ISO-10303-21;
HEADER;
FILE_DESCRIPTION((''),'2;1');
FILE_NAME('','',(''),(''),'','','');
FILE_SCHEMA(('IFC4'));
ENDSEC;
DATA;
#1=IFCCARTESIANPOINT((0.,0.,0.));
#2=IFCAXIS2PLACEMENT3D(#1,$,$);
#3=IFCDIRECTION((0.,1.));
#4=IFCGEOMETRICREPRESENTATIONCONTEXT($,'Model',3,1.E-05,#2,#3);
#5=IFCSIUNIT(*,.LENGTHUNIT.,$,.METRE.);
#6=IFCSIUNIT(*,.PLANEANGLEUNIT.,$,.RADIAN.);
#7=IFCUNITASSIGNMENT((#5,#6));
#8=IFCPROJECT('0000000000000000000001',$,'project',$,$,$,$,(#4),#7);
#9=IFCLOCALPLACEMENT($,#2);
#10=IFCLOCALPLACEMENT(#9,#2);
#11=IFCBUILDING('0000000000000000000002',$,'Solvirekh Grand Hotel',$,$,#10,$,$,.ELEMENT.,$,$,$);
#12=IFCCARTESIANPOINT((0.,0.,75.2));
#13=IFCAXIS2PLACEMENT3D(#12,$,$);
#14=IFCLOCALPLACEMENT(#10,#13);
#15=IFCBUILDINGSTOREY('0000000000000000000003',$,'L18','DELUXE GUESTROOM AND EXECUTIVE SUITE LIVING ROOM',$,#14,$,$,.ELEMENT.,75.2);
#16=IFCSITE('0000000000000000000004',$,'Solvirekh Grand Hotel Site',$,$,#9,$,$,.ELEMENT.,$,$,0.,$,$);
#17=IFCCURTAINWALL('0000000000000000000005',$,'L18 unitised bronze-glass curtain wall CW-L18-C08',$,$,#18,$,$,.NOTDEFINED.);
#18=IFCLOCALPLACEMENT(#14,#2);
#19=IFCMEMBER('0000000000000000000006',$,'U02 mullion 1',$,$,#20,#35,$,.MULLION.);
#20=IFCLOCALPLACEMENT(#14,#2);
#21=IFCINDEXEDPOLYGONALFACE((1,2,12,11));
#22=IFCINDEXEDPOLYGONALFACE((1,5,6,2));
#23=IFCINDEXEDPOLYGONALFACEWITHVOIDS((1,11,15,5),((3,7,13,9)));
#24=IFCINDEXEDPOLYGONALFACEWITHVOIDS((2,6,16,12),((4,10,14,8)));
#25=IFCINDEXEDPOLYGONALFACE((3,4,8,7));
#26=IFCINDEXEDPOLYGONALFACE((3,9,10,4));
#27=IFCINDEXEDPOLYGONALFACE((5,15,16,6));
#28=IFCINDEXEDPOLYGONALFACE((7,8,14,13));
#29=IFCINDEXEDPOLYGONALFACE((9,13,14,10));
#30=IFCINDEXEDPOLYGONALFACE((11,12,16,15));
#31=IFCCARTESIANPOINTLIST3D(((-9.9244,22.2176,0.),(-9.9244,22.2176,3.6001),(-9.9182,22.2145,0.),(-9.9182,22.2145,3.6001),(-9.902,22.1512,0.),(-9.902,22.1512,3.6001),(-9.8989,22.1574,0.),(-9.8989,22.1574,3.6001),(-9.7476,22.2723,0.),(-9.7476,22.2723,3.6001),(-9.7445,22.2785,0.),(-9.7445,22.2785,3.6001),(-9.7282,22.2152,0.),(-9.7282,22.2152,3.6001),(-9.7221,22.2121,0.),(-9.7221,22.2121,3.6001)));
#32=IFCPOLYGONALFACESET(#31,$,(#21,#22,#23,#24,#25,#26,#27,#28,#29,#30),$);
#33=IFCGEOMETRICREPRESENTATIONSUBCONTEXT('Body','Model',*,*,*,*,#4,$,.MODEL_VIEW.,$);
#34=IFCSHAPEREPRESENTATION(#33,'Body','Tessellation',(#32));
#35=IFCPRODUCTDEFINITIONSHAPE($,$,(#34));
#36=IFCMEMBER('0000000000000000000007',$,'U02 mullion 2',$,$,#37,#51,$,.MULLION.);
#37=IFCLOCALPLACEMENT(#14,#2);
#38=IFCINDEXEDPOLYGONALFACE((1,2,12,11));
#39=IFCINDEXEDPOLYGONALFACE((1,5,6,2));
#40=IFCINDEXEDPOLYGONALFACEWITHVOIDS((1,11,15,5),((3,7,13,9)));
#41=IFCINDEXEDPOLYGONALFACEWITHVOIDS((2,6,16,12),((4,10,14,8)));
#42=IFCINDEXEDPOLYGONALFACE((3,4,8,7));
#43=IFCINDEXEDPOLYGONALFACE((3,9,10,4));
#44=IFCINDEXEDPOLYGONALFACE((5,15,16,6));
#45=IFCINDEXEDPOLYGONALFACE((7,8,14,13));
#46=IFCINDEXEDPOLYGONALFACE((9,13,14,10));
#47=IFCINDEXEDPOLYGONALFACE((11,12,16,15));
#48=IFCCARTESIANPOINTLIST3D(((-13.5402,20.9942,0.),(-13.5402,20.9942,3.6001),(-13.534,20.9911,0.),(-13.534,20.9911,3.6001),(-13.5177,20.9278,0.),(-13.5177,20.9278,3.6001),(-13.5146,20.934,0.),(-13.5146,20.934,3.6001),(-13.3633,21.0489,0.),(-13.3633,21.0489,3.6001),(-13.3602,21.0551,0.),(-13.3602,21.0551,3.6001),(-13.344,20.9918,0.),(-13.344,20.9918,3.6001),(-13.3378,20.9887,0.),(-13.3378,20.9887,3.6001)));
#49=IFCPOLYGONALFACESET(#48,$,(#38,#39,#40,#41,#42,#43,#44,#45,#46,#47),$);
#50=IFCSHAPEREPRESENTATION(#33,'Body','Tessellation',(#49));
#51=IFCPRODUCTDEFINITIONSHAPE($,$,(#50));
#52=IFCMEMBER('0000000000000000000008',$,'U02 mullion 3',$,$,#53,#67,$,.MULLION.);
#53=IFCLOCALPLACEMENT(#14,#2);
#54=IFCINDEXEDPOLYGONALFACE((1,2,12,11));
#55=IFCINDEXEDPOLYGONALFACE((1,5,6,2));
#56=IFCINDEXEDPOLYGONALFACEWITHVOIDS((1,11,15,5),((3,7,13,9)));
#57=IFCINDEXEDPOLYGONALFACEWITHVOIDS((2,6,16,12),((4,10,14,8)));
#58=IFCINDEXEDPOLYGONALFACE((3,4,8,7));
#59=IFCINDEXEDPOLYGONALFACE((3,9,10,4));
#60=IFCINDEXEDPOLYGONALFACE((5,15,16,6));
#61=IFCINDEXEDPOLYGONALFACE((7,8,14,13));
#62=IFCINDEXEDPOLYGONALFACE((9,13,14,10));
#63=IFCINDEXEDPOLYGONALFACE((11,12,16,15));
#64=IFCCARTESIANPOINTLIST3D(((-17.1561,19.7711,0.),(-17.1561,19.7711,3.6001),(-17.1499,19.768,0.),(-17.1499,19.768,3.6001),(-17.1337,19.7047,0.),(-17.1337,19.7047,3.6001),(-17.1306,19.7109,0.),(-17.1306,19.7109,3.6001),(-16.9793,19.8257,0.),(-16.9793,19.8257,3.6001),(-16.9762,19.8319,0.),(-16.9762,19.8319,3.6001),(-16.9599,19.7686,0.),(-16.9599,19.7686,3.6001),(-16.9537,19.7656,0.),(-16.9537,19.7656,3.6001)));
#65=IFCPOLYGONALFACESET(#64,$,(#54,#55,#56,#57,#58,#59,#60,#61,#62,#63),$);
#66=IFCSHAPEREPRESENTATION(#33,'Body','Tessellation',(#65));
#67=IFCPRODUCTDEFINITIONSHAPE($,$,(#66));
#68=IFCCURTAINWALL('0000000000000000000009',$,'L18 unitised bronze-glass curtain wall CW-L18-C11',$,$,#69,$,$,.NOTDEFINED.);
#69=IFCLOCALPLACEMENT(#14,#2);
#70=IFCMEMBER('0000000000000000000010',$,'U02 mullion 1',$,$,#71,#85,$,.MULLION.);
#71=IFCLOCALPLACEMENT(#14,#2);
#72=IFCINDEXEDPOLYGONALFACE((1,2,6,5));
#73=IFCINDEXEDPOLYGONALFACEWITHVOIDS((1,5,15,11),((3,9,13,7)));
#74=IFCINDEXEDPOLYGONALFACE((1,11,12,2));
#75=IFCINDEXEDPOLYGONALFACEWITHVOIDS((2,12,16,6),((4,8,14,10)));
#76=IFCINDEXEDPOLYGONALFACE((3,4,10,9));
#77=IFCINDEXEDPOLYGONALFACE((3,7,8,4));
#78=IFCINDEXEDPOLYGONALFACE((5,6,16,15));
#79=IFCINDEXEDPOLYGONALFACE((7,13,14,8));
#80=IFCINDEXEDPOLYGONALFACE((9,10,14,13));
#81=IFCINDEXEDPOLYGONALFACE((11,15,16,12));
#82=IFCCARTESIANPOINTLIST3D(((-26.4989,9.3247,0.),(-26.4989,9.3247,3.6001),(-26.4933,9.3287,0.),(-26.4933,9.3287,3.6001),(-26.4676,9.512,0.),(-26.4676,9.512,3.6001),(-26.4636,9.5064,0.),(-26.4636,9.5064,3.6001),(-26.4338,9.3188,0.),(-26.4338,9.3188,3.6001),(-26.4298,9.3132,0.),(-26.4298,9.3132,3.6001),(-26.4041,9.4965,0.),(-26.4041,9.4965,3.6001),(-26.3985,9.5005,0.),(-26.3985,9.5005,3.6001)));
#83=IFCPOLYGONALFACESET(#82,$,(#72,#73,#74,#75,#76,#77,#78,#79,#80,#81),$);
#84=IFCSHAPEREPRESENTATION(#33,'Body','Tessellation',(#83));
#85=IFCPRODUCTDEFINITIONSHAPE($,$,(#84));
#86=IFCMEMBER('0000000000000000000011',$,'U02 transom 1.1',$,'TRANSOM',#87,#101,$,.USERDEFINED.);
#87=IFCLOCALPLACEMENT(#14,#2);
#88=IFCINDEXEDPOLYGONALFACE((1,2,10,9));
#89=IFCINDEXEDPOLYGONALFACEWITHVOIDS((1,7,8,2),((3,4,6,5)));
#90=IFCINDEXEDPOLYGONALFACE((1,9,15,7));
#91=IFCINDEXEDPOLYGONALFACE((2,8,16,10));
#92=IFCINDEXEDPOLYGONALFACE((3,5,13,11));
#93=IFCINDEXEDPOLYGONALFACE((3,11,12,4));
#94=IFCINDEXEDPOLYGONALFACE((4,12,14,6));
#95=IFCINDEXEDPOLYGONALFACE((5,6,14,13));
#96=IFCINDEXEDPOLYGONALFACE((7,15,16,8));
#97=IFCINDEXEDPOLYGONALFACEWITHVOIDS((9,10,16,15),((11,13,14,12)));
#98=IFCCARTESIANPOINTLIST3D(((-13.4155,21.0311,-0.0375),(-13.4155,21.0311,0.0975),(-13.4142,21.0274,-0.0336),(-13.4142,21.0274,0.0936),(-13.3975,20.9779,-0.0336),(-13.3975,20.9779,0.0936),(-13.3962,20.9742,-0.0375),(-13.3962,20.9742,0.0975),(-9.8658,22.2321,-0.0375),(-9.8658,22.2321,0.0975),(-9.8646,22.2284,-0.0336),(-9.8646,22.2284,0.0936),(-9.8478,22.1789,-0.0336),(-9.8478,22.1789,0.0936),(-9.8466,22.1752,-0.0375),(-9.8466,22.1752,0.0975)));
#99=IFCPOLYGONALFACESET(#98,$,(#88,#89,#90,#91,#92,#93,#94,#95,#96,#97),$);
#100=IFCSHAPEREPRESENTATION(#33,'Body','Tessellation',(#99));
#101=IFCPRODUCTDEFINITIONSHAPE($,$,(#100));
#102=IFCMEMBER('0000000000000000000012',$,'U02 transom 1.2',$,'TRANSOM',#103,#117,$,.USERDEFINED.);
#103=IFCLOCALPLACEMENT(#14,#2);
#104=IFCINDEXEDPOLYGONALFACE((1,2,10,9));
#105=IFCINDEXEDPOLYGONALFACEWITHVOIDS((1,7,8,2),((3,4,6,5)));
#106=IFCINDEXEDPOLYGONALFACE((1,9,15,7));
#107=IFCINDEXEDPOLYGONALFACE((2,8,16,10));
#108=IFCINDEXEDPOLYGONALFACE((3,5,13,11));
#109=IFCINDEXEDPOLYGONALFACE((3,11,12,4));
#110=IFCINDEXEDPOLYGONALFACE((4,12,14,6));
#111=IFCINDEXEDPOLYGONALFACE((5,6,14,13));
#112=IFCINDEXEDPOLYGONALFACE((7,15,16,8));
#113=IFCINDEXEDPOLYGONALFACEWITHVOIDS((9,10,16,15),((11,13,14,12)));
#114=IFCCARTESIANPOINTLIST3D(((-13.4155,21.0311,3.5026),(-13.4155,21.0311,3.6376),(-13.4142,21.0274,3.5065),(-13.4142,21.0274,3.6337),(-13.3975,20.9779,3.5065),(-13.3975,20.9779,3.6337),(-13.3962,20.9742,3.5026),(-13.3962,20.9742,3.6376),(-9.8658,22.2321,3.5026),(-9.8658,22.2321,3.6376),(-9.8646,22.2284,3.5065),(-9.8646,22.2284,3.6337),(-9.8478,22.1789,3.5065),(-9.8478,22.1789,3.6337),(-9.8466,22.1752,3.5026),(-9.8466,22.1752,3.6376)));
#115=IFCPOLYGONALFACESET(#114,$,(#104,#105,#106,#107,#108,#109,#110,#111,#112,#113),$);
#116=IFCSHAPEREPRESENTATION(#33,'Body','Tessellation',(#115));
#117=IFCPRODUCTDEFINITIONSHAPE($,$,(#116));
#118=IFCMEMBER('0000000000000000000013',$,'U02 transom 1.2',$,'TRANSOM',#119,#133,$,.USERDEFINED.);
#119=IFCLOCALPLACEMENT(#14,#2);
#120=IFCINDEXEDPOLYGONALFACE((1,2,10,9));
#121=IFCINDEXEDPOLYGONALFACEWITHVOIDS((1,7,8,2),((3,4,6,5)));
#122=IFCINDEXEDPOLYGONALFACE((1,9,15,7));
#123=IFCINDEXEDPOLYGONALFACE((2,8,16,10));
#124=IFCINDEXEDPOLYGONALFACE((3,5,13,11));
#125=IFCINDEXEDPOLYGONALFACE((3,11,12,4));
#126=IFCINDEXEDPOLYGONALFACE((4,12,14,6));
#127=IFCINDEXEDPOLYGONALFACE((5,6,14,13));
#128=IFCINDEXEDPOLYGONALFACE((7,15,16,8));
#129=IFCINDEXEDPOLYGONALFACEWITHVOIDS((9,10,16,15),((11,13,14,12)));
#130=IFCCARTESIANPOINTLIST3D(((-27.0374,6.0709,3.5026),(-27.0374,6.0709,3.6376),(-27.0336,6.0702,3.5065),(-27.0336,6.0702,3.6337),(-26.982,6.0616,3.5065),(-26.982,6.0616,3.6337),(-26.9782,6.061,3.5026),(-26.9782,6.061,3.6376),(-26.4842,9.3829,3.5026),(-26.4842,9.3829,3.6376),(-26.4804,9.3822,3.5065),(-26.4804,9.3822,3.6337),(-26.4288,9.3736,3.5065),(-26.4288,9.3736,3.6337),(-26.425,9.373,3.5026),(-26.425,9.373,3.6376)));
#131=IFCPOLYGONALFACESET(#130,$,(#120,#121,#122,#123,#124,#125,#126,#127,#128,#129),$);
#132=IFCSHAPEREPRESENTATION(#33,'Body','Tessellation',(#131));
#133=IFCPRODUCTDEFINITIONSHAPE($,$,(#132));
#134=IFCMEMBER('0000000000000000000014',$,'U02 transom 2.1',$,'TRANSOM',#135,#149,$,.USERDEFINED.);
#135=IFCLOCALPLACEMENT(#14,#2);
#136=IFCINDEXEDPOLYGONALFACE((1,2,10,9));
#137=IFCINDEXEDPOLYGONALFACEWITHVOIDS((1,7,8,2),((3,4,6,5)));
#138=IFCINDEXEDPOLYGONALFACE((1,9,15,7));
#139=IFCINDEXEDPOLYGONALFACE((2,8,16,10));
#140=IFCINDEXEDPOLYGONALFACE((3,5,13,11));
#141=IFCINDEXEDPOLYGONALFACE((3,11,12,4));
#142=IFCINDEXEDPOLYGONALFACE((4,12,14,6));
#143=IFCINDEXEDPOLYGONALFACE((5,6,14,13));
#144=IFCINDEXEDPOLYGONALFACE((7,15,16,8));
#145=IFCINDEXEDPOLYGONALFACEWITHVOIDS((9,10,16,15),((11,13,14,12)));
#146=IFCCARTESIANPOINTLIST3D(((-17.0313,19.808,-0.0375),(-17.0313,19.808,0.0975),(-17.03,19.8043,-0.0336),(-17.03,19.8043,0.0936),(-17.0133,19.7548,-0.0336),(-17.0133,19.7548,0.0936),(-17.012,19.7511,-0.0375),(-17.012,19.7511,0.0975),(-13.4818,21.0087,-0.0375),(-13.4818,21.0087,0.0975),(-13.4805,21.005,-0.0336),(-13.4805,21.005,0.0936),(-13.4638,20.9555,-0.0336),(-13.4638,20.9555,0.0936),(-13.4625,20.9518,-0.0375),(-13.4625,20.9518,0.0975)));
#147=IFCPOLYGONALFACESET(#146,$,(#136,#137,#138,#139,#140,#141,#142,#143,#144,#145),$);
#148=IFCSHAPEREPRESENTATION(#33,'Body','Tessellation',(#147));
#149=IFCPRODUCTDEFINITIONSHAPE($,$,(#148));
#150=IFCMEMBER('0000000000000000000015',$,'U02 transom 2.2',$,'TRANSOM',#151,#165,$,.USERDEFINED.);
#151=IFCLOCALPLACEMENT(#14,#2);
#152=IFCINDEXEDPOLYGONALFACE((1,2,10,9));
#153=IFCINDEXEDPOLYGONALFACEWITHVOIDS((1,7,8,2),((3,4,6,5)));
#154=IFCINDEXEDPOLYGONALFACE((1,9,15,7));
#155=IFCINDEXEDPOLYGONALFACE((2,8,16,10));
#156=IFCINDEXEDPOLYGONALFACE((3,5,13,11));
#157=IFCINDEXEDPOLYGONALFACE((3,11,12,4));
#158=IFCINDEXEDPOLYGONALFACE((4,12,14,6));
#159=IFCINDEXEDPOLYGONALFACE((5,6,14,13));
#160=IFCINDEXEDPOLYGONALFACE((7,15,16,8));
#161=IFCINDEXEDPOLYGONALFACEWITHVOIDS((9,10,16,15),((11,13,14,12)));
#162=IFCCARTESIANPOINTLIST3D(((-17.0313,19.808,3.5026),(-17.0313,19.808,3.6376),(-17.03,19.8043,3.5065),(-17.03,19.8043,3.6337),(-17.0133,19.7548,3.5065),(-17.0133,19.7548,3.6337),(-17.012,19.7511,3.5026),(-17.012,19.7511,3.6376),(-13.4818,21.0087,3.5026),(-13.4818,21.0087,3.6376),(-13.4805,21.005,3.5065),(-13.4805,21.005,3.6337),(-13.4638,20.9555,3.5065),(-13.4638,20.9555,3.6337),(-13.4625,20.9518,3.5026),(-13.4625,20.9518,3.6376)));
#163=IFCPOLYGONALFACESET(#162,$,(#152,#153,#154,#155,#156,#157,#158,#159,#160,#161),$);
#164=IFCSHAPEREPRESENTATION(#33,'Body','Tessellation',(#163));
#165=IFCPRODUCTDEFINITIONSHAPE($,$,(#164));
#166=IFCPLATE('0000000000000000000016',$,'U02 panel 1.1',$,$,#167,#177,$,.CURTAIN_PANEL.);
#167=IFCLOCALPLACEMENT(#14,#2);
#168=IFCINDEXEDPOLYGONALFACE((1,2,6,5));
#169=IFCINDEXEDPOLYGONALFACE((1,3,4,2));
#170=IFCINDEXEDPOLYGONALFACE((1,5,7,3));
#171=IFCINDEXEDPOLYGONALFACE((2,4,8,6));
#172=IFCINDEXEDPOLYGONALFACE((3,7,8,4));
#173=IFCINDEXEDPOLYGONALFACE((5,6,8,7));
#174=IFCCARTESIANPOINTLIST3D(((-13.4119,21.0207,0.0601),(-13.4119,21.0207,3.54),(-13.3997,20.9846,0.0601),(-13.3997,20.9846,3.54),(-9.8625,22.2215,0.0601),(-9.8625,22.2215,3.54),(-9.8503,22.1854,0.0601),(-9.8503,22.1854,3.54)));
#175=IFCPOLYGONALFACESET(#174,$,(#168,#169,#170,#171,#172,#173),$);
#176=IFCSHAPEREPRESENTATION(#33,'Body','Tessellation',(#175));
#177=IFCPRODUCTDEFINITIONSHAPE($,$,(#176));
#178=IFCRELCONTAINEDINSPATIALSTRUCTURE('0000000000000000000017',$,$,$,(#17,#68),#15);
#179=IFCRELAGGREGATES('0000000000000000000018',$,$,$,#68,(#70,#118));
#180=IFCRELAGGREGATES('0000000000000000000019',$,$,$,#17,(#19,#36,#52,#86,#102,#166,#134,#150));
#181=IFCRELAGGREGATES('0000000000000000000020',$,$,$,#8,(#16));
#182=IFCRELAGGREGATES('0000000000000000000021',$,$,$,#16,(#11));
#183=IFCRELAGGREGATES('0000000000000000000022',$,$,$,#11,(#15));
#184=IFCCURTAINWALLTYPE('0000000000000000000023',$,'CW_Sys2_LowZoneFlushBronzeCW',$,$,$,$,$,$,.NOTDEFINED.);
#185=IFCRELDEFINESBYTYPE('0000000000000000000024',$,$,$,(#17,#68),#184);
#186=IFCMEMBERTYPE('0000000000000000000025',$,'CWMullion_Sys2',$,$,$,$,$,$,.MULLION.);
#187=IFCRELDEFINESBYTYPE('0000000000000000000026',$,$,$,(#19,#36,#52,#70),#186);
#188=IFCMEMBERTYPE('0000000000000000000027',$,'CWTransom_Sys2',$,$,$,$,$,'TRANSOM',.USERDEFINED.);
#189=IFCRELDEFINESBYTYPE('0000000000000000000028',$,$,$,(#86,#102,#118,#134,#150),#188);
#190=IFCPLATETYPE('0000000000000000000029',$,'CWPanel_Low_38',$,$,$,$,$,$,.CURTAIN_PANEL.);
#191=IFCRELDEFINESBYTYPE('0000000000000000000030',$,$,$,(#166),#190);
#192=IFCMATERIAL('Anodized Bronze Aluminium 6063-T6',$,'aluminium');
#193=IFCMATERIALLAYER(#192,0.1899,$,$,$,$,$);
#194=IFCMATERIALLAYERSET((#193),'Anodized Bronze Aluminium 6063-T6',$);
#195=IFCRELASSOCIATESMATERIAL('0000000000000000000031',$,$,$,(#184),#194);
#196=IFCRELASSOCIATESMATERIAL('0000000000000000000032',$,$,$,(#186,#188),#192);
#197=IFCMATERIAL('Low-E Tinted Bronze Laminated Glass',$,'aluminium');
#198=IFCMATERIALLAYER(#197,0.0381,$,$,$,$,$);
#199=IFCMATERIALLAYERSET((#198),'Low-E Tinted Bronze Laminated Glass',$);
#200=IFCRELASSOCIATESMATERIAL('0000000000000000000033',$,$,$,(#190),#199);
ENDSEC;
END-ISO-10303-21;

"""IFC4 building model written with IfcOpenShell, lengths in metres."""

from ifc_helpers import new_model, si_unit, direction, frame, origin, origin_2d, place, context, subcontext, project, spatial, rectangle, hollow_rectangle, extrude, source, transform, mapped, material, layer, layer_set, material_profile, profile_set, type_object, element, aggregate, save


model = new_model("IFC4")

# Units and contexts
model_context = context("Model", 3, precision=1e-05, world=origin(), true_north=direction((0.0, 1.0)))
body_context = subcontext(model_context, "Body", "Model", "MODEL_VIEW")
ifc_project = project(units=[si_unit("LENGTHUNIT", "METRE"), si_unit("PLANEANGLEUNIT", "RADIAN")], contexts=[model_context])

# Site, building, storey
site_placement = place(None, origin())
site = spatial("IfcSite", under=ifc_project, at=site_placement, Name="Solvirekh Grand Hotel Site", CompositionType="ELEMENT", RefElevation=0.0)
building_placement = place(site_placement, origin())
building = spatial("IfcBuilding", under=site, at=building_placement, Name="Solvirekh Grand Hotel", CompositionType="ELEMENT")
storey_placement = place(building_placement, frame((0.0, 0.0, 75.2)))
storey = spatial("IfcBuildingStorey", under=building, at=storey_placement, Name="L18", Description="DELUXE GUESTROOM AND EXECUTIVE SUITE LIVING ROOM", CompositionType="ELEMENT", Elevation=75.2)

# Curtain wall, members
ifc_material_1 = material(Name="Anodized Bronze Aluminium 6063-T6", Category="aluminium")
ifc_layer_1 = layer(ifc_material_1, 0.1899)
ifc_layer_set_1 = layer_set([ifc_layer_1], Name="Anodized Bronze Aluminium 6063-T6")
curtain_wall_type = type_object("IfcCurtainWallType", Name="CW_Sys2_LowZoneFlushBronzeCW", PredefinedType="NOTDEFINED", material=ifc_layer_set_1)
curtain_wall_1_placement = place(storey_placement, origin())
curtain_wall_1 = element("IfcCurtainWall", 1, at=curtain_wall_1_placement, inside=storey, type_object=curtain_wall_type, Name="L18 unitised bronze-glass curtain wall CW-L18-C08", PredefinedType="NOTDEFINED")
ifc_material_profile_1 = material_profile(ifc_material_1, hollow_rectangle(XDim=0.0701, YDim=0.1899, WallThickness=0.0049, at=origin_2d()), Name="ALU RHS 190X70X5")
ifc_profile_set_1 = profile_set([ifc_material_profile_1], Name="Anodized Bronze Aluminium 6063-T6")
member_type_1 = type_object("IfcMemberType", Name="CWMullion_Sys2", PredefinedType="MULLION", material=ifc_profile_set_1)
shared_shape_1 = source(origin(), body_context, "Body", "SweptSolid", [
    extrude(hollow_rectangle(XDim=0.0701, YDim=0.1899, WallThickness=0.0049, at=origin_2d()), origin(), (0.0, 0.0, 1.0), 3.6001),
])
member_1_placement = place(storey_placement, frame((-9.8232, 22.2148, 0.0), z_axis=(0.0, 0.0, 1.0), x_axis=(0.320469, -0.947259, 0.0)))
member_1 = element("IfcMember", 2, at=member_1_placement, type_object=member_type_1, Name="U02 mullion 1", PredefinedType="MULLION", context=body_context, shape_type="MappedRepresentation", body=[
    mapped(shared_shape_1, transform((0.0, 0.0, 0.0), x_axis=(1.0, 0.0, 0.0), y_axis=(0.0, 1.0, 0.0), z_axis=(0.0, 0.0, 1.0), scale=1.0)),
])
member_2_placement = place(storey_placement, frame((-13.439, 20.9915, 0.0), z_axis=(0.0, 0.0, 1.0), x_axis=(0.320469, -0.947259, 0.0)))
member_2 = element("IfcMember", 3, at=member_2_placement, type_object=member_type_1, Name="U02 mullion 2", PredefinedType="MULLION", context=body_context, shape_type="MappedRepresentation", body=[
    mapped(shared_shape_1, transform((0.0, 0.0, 0.0), x_axis=(1.0, 0.0, 0.0), y_axis=(0.0, 1.0, 0.0), z_axis=(0.0, 0.0, 1.0), scale=1.0)),
])
member_3_placement = place(storey_placement, frame((-17.0549, 19.7683, 0.0), z_axis=(0.0, 0.0, 1.0), x_axis=(0.320469, -0.947259, 0.0)))
member_3 = element("IfcMember", 4, at=member_3_placement, type_object=member_type_1, Name="U02 mullion 3", PredefinedType="MULLION", context=body_context, shape_type="MappedRepresentation", body=[
    mapped(shared_shape_1, transform((0.0, 0.0, 0.0), x_axis=(1.0, 0.0, 0.0), y_axis=(0.0, 1.0, 0.0), z_axis=(0.0, 0.0, 1.0), scale=1.0)),
])

# Curtain wall, member
curtain_wall_2_placement = place(storey_placement, origin())
curtain_wall_2 = element("IfcCurtainWall", 5, at=curtain_wall_2_placement, inside=storey, type_object=curtain_wall_type, Name="L18 unitised bronze-glass curtain wall CW-L18-C11", PredefinedType="NOTDEFINED")
member_4_placement = place(storey_placement, frame((-26.4487, 9.4126, 0.0), z_axis=(0.0, 0.0, 1.0), x_axis=(0.986335, -0.16475, 0.0)))
member_4 = element("IfcMember", 6, at=member_4_placement, type_object=member_type_1, Name="U02 mullion 1", PredefinedType="MULLION", context=body_context, shape_type="MappedRepresentation", body=[
    mapped(shared_shape_1, transform((0.0, 0.0, 0.0), x_axis=(1.0, 0.0, 0.0), y_axis=(0.0, 1.0, 0.0), z_axis=(0.0, 0.0, 1.0), scale=1.0)),
])

# Members
ifc_material_profile_2 = material_profile(ifc_material_1, hollow_rectangle(XDim=0.0601, YDim=0.135, WallThickness=0.0039, at=origin_2d()), Name="ALU RHS 135X60X4")
ifc_profile_set_2 = profile_set([ifc_material_profile_2], Name="Anodized Bronze Aluminium 6063-T6")
member_type_2 = type_object("IfcMemberType", Name="CWTransom_Sys2", ElementType="TRANSOM", PredefinedType="USERDEFINED", material=ifc_profile_set_2)
shared_shape_2 = source(origin(), body_context, "Body", "SweptSolid", [
    extrude(hollow_rectangle(XDim=0.0601, YDim=0.135, WallThickness=0.0039, at=origin_2d()), origin(), (0.0, 0.0, 1.0), 3.7473),
])
member_5_placement = place(storey_placement, frame((-9.8562, 22.2036, 0.03), z_axis=(-0.947253, -0.320486, 0.0), x_axis=(0.320486, -0.947253, 0.0)))
member_5 = element("IfcMember", 7, at=member_5_placement, type_object=member_type_2, Name="U02 transom 1.1", ObjectType="TRANSOM", PredefinedType="USERDEFINED", context=body_context, shape_type="MappedRepresentation", body=[
    mapped(shared_shape_2, transform((0.0, 0.0, 0.0), x_axis=(1.0, 0.0, 0.0), y_axis=(0.0, 1.0, 0.0), z_axis=(0.0, 0.0, 1.0), scale=1.0)),
])
member_6_placement = place(storey_placement, frame((-9.8562, 22.2036, 3.5701), z_axis=(-0.947253, -0.320486, 0.0), x_axis=(0.320486, -0.947253, 0.0)))
member_6 = element("IfcMember", 8, at=member_6_placement, type_object=member_type_2, Name="U02 transom 1.2", ObjectType="TRANSOM", PredefinedType="USERDEFINED", context=body_context, shape_type="MappedRepresentation", body=[
    mapped(shared_shape_2, transform((0.0, 0.0, 0.0), x_axis=(1.0, 0.0, 0.0), y_axis=(0.0, 1.0, 0.0), z_axis=(0.0, 0.0, 1.0), scale=1.0)),
])
shared_shape_3 = source(origin(), body_context, "Body", "SweptSolid", [
    extrude(hollow_rectangle(XDim=0.0601, YDim=0.135, WallThickness=0.0039, at=origin_2d()), origin(), (0.0, 0.0, 1.0), 3.3579),
])
member_7_placement = place(storey_placement, frame((-26.4546, 9.3779, 3.5701), z_axis=(-0.164753, -0.986335, 0.0), x_axis=(0.986335, -0.164753, 0.0)))
member_7 = element("IfcMember", 9, at=member_7_placement, type_object=member_type_2, Name="U02 transom 1.2", ObjectType="TRANSOM", PredefinedType="USERDEFINED", context=body_context, shape_type="MappedRepresentation", body=[
    mapped(shared_shape_3, transform((0.0, 0.0, 0.0), x_axis=(1.0, 0.0, 0.0), y_axis=(0.0, 1.0, 0.0), z_axis=(0.0, 0.0, 1.0), scale=1.0)),
])
aggregate(curtain_wall_2, [member_4, member_7])
shared_shape_4 = source(origin(), body_context, "Body", "SweptSolid", [
    extrude(hollow_rectangle(XDim=0.0601, YDim=0.135, WallThickness=0.0039, at=origin_2d()), origin(), (0.0, 0.0, 1.0), 3.7471),
])
member_8_placement = place(storey_placement, frame((-13.4722, 20.9802, 0.03), z_axis=(-0.947273, -0.320427, 0.0), x_axis=(0.320427, -0.947273, 0.0)))
member_8 = element("IfcMember", 10, at=member_8_placement, type_object=member_type_2, Name="U02 transom 2.1", ObjectType="TRANSOM", PredefinedType="USERDEFINED", context=body_context, shape_type="MappedRepresentation", body=[
    mapped(shared_shape_4, transform((0.0, 0.0, 0.0), x_axis=(1.0, 0.0, 0.0), y_axis=(0.0, 1.0, 0.0), z_axis=(0.0, 0.0, 1.0), scale=1.0)),
])
member_9_placement = place(storey_placement, frame((-13.4722, 20.9802, 3.5701), z_axis=(-0.947273, -0.320427, 0.0), x_axis=(0.320427, -0.947273, 0.0)))
member_9 = element("IfcMember", 11, at=member_9_placement, type_object=member_type_2, Name="U02 transom 2.2", ObjectType="TRANSOM", PredefinedType="USERDEFINED", context=body_context, shape_type="MappedRepresentation", body=[
    mapped(shared_shape_4, transform((0.0, 0.0, 0.0), x_axis=(1.0, 0.0, 0.0), y_axis=(0.0, 1.0, 0.0), z_axis=(0.0, 0.0, 1.0), scale=1.0)),
])

# Plate
ifc_material_2 = material(Name="Low-E Tinted Bronze Laminated Glass", Category="aluminium")
ifc_layer_2 = layer(ifc_material_2, 0.0381)
ifc_layer_set_2 = layer_set([ifc_layer_2], Name="Low-E Tinted Bronze Laminated Glass")
plate_type = type_object("IfcPlateType", Name="CWPanel_Low_38", PredefinedType="CURTAIN_PANEL", material=ifc_layer_set_2)
shared_shape_5 = source(origin(), body_context, "Body", "SweptSolid", [
    extrude(rectangle(XDim=3.7471, YDim=0.0381, at=origin_2d()), origin(), (0.0, 0.0, 1.0), 3.48),
])
plate_1_placement = place(storey_placement, frame((-11.6311, 21.603, 0.0601), z_axis=(0.0, 0.0, 1.0), x_axis=(-0.947259, -0.320469, 0.0)))
plate_1 = element("IfcPlate", 12, at=plate_1_placement, type_object=plate_type, Name="U02 panel 1.1", PredefinedType="CURTAIN_PANEL", context=body_context, shape_type="MappedRepresentation", body=[
    mapped(shared_shape_5, transform((0.0, 0.0, 0.0), x_axis=(1.0, 0.0, 0.0), y_axis=(0.0, 1.0, 0.0), z_axis=(0.0, 0.0, 1.0), scale=1.0)),
])
aggregate(curtain_wall_1, [member_1, member_2, member_3, member_5, member_6, plate_1, member_8, member_9])

save(model, "model.ifc")
